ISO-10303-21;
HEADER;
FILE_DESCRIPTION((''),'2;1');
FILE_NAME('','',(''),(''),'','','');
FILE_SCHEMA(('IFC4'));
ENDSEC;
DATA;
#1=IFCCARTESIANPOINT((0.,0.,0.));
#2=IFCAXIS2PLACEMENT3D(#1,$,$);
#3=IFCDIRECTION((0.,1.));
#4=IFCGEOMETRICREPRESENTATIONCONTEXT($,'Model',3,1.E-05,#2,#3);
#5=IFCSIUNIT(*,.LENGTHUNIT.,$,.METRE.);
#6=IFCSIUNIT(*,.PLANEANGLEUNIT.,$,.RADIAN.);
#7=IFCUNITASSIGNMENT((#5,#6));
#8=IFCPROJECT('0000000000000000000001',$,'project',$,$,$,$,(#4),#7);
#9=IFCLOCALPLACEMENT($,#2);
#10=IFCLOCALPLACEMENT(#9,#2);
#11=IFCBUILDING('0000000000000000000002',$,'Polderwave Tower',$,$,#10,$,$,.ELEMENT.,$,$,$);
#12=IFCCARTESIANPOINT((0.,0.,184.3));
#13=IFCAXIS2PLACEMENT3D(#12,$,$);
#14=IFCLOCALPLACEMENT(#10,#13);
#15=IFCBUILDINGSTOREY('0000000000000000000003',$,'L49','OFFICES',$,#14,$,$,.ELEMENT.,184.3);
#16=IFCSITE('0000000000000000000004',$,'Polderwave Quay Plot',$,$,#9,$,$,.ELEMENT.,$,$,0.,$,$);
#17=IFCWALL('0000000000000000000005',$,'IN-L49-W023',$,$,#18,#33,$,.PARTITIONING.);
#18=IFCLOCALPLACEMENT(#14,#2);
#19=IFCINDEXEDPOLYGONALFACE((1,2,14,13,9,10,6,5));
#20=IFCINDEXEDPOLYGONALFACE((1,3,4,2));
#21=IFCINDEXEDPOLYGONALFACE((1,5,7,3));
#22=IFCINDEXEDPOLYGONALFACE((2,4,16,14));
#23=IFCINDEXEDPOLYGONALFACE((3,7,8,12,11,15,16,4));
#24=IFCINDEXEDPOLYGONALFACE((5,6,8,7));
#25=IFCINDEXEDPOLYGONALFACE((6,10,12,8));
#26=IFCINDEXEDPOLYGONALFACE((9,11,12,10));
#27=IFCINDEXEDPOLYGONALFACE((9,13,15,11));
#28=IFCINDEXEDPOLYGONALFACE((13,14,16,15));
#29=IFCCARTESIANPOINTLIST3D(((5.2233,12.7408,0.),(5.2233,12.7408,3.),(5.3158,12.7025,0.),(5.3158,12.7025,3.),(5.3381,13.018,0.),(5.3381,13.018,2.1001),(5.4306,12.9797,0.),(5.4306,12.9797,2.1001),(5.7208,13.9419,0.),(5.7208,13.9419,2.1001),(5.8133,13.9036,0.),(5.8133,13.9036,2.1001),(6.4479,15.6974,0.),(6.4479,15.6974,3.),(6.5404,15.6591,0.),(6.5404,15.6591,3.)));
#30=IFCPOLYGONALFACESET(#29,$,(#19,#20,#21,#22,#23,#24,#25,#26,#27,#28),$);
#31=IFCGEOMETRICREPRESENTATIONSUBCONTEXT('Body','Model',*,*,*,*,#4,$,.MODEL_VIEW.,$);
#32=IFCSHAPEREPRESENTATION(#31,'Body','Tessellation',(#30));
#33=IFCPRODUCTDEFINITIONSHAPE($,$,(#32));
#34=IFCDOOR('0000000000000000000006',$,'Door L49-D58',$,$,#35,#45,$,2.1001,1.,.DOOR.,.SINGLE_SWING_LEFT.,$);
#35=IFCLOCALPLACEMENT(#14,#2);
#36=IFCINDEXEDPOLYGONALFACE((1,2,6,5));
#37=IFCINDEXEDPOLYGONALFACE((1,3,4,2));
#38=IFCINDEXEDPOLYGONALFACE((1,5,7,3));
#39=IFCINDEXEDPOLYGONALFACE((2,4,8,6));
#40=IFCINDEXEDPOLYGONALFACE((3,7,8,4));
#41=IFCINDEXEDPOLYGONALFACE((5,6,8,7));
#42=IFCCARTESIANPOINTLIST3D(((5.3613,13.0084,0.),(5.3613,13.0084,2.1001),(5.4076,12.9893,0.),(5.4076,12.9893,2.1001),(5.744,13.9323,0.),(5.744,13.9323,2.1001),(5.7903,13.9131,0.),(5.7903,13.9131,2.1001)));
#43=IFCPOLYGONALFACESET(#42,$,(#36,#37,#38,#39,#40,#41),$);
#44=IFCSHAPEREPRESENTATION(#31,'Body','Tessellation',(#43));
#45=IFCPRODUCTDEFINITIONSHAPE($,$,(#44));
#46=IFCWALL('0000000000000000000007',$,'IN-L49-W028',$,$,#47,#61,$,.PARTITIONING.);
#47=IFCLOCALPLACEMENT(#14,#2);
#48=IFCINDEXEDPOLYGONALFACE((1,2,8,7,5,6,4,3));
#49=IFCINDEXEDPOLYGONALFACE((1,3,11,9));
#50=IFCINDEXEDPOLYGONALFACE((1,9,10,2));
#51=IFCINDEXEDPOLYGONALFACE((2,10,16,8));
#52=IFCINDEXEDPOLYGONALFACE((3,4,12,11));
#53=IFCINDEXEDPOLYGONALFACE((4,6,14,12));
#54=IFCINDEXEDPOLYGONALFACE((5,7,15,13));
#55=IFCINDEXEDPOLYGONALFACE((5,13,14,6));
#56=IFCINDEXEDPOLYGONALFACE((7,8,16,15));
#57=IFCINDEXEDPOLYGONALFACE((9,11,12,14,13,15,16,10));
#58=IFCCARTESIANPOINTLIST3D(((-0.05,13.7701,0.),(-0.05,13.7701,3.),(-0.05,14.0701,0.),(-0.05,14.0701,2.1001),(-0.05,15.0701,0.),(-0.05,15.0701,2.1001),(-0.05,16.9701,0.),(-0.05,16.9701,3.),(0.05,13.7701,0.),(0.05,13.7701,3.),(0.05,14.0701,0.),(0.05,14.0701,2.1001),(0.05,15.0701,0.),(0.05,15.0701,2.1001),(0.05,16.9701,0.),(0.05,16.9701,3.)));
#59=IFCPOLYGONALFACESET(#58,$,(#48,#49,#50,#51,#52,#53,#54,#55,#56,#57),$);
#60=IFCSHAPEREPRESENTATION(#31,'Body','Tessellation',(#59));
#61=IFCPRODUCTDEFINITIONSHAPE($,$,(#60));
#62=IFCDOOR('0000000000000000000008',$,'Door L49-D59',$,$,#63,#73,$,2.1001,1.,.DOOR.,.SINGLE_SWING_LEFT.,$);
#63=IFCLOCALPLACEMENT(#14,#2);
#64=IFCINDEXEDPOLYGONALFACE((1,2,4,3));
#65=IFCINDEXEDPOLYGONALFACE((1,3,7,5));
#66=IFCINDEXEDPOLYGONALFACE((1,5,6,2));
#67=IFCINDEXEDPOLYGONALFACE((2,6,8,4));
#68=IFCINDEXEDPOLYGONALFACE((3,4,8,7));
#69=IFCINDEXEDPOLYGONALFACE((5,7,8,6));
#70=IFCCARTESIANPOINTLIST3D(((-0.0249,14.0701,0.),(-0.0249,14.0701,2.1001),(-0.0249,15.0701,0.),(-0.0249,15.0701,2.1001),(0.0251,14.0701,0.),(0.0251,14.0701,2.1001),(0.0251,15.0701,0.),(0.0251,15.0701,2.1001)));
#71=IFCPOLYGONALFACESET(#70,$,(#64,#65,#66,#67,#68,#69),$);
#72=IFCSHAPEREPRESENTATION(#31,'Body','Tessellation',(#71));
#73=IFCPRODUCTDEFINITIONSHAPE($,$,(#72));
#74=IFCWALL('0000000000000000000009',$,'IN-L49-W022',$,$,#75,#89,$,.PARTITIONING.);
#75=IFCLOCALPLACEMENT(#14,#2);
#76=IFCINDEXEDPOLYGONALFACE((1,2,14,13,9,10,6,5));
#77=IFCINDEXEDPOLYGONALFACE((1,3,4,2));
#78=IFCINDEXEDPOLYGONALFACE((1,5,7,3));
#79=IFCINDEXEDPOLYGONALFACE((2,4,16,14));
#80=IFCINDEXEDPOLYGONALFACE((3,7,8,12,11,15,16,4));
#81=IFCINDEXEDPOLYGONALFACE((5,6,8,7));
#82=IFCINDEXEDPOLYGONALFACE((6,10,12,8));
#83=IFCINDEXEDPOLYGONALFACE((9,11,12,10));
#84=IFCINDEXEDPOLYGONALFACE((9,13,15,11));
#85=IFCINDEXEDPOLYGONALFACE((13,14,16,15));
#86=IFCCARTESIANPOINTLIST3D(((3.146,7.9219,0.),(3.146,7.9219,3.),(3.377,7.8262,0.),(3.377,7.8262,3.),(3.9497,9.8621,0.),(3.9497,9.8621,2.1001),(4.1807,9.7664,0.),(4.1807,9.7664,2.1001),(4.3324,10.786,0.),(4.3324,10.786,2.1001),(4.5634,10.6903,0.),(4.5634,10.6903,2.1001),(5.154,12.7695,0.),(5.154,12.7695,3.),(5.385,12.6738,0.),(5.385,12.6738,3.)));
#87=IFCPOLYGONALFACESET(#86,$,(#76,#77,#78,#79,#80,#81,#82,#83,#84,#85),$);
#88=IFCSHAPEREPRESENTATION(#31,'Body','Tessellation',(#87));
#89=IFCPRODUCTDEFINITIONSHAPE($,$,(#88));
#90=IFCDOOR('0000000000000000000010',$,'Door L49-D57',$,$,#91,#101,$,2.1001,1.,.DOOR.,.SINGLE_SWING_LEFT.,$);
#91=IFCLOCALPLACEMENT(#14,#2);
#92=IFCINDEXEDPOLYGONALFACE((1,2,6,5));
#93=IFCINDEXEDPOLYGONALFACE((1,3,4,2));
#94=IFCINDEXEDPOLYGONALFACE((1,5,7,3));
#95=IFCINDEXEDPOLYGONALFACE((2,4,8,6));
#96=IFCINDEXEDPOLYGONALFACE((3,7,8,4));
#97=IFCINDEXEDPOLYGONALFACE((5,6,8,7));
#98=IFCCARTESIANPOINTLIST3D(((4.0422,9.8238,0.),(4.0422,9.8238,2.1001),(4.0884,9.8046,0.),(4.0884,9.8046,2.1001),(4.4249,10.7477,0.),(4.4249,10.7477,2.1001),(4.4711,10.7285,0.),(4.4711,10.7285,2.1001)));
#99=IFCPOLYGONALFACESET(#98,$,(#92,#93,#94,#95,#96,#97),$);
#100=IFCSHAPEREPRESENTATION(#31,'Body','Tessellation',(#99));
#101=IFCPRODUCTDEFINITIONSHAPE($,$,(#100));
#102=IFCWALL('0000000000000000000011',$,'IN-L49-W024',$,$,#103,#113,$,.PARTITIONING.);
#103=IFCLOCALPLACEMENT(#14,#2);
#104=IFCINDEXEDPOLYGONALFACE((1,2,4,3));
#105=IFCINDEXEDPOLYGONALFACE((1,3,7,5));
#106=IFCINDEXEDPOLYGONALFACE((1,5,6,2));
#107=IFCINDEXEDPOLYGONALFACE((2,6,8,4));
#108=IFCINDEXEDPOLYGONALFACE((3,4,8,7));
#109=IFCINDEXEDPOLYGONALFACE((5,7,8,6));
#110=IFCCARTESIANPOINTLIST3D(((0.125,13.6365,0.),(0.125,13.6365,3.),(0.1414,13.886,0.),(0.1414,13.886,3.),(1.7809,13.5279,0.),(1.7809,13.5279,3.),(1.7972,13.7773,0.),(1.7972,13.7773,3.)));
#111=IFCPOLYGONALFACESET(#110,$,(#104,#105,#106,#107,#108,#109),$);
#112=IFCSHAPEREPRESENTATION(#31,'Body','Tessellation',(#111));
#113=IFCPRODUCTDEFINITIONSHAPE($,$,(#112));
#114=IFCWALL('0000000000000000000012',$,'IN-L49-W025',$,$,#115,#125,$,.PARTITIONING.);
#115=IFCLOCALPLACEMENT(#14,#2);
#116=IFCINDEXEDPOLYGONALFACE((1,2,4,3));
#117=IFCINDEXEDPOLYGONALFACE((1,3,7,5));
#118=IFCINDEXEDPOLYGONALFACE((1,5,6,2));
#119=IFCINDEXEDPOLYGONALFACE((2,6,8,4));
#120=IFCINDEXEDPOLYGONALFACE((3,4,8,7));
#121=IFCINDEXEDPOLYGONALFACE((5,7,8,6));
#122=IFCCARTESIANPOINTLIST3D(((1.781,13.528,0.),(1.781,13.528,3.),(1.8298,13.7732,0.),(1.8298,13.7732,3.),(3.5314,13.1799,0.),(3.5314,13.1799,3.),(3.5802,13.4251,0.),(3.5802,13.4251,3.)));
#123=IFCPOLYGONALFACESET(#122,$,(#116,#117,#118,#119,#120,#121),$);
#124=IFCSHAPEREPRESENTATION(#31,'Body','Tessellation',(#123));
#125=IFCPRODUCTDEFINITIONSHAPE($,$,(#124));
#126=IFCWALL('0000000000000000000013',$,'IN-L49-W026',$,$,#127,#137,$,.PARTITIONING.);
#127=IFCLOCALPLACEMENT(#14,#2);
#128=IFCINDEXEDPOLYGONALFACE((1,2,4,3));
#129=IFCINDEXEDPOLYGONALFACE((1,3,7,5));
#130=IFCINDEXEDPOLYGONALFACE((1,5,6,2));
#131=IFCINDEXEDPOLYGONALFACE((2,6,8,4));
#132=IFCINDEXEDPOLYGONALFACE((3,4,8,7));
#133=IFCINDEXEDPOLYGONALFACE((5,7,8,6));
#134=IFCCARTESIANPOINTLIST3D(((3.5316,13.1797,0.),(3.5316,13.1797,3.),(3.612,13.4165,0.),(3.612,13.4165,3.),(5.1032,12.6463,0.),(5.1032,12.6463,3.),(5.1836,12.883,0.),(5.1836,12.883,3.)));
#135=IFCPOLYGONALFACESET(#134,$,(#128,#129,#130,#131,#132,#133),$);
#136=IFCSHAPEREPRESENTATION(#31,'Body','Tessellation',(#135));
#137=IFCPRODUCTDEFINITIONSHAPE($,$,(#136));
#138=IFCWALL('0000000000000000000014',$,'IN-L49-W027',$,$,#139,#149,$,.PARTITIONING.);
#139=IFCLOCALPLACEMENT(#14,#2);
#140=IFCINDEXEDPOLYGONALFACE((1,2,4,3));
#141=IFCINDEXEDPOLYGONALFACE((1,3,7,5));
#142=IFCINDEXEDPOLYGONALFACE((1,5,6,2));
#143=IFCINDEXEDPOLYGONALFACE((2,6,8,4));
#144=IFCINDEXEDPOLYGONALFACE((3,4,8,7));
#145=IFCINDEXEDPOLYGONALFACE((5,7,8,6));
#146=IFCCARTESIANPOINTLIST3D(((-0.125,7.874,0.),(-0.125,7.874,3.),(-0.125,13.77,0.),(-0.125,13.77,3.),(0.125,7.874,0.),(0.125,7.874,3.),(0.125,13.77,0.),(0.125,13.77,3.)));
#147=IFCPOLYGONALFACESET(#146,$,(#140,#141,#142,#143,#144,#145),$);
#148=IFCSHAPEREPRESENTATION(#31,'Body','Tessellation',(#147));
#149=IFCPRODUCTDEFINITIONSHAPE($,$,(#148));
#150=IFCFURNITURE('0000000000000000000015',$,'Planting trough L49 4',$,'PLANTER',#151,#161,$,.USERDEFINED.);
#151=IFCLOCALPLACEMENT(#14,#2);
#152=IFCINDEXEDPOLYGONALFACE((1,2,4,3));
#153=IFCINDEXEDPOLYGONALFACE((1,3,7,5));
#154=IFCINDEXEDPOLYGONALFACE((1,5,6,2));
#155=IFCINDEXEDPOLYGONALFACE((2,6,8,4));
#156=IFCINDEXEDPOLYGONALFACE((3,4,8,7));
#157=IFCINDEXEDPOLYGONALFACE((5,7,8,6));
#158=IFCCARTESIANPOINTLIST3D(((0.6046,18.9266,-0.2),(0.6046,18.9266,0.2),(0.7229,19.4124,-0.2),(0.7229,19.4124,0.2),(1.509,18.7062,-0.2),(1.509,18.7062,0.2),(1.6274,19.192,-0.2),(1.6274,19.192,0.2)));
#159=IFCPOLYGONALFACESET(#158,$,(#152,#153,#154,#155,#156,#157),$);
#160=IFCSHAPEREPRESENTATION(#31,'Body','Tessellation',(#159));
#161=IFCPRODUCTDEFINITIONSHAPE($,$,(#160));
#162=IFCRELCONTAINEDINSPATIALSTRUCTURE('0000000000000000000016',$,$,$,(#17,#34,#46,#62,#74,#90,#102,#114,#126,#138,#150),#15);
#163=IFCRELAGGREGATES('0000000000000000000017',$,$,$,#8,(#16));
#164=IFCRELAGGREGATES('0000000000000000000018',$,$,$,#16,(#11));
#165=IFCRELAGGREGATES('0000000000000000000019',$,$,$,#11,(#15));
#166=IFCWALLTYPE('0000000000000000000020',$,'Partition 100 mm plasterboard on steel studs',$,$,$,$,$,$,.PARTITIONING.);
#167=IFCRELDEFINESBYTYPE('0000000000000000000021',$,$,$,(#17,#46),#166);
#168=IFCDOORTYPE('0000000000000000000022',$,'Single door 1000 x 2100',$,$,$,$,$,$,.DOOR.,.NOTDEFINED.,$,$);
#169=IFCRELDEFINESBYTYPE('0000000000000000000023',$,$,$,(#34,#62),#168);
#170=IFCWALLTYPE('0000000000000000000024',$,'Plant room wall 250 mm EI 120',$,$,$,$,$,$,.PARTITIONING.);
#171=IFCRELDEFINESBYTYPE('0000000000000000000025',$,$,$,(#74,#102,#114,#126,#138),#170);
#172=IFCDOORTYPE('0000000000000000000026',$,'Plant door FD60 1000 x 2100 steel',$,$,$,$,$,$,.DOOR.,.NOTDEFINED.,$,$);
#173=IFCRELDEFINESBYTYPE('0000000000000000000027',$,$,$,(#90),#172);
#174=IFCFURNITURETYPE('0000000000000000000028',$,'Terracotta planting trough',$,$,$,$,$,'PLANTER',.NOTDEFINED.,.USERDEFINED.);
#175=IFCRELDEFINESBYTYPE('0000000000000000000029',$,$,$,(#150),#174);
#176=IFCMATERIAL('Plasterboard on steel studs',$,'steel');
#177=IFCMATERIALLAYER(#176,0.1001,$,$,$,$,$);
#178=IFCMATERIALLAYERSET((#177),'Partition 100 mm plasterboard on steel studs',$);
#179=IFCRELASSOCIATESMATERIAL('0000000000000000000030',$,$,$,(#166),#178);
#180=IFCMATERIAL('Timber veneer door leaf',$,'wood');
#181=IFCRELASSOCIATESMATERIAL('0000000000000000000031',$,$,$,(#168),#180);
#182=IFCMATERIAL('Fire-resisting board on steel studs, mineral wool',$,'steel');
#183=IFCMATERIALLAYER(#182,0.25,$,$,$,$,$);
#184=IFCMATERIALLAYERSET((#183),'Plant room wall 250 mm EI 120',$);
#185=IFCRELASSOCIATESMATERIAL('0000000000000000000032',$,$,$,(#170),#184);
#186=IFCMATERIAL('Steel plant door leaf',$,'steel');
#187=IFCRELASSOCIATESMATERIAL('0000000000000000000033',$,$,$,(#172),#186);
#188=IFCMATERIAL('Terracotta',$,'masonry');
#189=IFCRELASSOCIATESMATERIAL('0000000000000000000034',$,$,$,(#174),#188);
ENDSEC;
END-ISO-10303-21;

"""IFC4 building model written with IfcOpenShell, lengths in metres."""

from ifc_helpers import new_model, si_unit, direction, frame, frame_2d, origin, origin_2d, place, context, subcontext, project, spatial, rectangle, extrude, material, layer, layer_set, type_object, element, fill, save


model = new_model("IFC4")

# Units and contexts
model_context = context("Model", 3, precision=1e-05, world=origin(), true_north=direction((0.0, 1.0)))
body_context = subcontext(model_context, "Body", "Model", "MODEL_VIEW")
ifc_project = project(units=[si_unit("LENGTHUNIT", "METRE"), si_unit("PLANEANGLEUNIT", "RADIAN")], contexts=[model_context])

# Site, building, storey
site_placement = place(None, origin())
site = spatial("IfcSite", under=ifc_project, at=site_placement, Name="Polderwave Quay Plot", CompositionType="ELEMENT", RefElevation=0.0)
building_placement = place(site_placement, origin())
building = spatial("IfcBuilding", under=site, at=building_placement, Name="Polderwave Tower", CompositionType="ELEMENT")
storey_placement = place(building_placement, frame((0.0, 0.0, 184.3)))
storey = spatial("IfcBuildingStorey", under=building, at=storey_placement, Name="L49", Description="OFFICES", CompositionType="ELEMENT", Elevation=184.3)

# Walls, openings, doors
ifc_material_1 = material(Name="Plasterboard on steel studs", Category="steel")
ifc_layer_1 = layer(ifc_material_1, 0.1001)
ifc_layer_set_1 = layer_set([ifc_layer_1], Name="Partition 100 mm plasterboard on steel studs")
wall_type_1 = type_object("IfcWallType", Name="Partition 100 mm plasterboard on steel studs", PredefinedType="PARTITIONING", material=ifc_layer_set_1)
wall_1_placement = place(storey_placement, frame((5.2695, 12.7217, 0.0), z_axis=(0.0, 0.0, 1.0), x_axis=(0.382675, 0.923883, 0.0)))
wall_1 = element("IfcWall", 1, at=wall_1_placement, inside=storey, type_object=wall_type_1, Name="IN-L49-W023", PredefinedType="PARTITIONING", context=body_context, shape_type="SweptSolid", body=[
    extrude(rectangle(XDim=3.2002, YDim=0.1001, at=frame_2d((1.6001, 0.0))), origin(), (0.0, 0.0, 1.0), 3.0),
])
opening_1_placement = place(wall_1_placement, frame((0.3, 0.0, 0.0)))
opening_1 = element("IfcOpeningElement", 2, at=opening_1_placement, cuts=wall_1, PredefinedType="OPENING", context=body_context, shape_type="SweptSolid", body=[
    extrude(rectangle(XDim=1.0, YDim=2.1001, at=frame_2d((0.5, 1.05))), frame((0.0, 0.0601, 0.0), z_axis=(0.0, -1.0, 0.0), x_axis=(1.0, 0.0, 0.0)), (0.0, 0.0, 1.0), 0.1201),
])
ifc_material_2 = material(Name="Timber veneer door leaf", Category="wood")
door_type_1 = type_object("IfcDoorType", Name="Single door 1000 x 2100", OperationType="NOTDEFINED", PredefinedType="DOOR", material=ifc_material_2)
door_1_placement = place(opening_1_placement, origin())
door_1 = element("IfcDoor", 3, at=door_1_placement, inside=storey, type_object=door_type_1, Name="Door L49-D58", OperationType="SINGLE_SWING_LEFT", OverallHeight=2.1001, OverallWidth=1.0, PredefinedType="DOOR", context=body_context, shape_type="SweptSolid", body=[
    extrude(rectangle(XDim=1.0, YDim=2.1001, at=frame_2d((0.5, 1.05))), frame((0.0, 0.0249, 0.0), z_axis=(0.0, -1.0, 0.0), x_axis=(1.0, 0.0, 0.0)), (0.0, 0.0, 1.0), 0.05),
])
fill(opening_1, door_1)
wall_2_placement = place(storey_placement, frame((0.0, 13.77, 0.0), z_axis=(0.0, 0.0, 1.0), x_axis=(0.0, 1.0, 0.0)))
wall_2 = element("IfcWall", 4, at=wall_2_placement, inside=storey, type_object=wall_type_1, Name="IN-L49-W028", PredefinedType="PARTITIONING", context=body_context, shape_type="SweptSolid", body=[
    extrude(rectangle(XDim=3.2, YDim=0.1001, at=frame_2d((1.6001, 0.0))), origin(), (0.0, 0.0, 1.0), 3.0),
])
opening_2_placement = place(wall_2_placement, frame((0.3, 0.0, 0.0)))
opening_2 = element("IfcOpeningElement", 5, at=opening_2_placement, cuts=wall_2, PredefinedType="OPENING", context=body_context, shape_type="SweptSolid", body=[
    extrude(rectangle(XDim=1.0, YDim=2.1001, at=frame_2d((0.5, 1.05))), frame((0.0, 0.0601, 0.0), z_axis=(0.0, -1.0, 0.0), x_axis=(1.0, 0.0, 0.0)), (0.0, 0.0, 1.0), 0.1201),
])
door_2_placement = place(opening_2_placement, origin())
door_2 = element("IfcDoor", 6, at=door_2_placement, inside=storey, type_object=door_type_1, Name="Door L49-D59", OperationType="SINGLE_SWING_LEFT", OverallHeight=2.1001, OverallWidth=1.0, PredefinedType="DOOR", context=body_context, shape_type="SweptSolid", body=[
    extrude(rectangle(XDim=1.0, YDim=2.1001, at=frame_2d((0.5, 1.05))), frame((0.0, 0.0249, 0.0), z_axis=(0.0, -1.0, 0.0), x_axis=(1.0, 0.0, 0.0)), (0.0, 0.0, 1.0), 0.05),
])
fill(opening_2, door_2)
ifc_material_3 = material(Name="Fire-resisting board on steel studs, mineral wool", Category="steel")
ifc_layer_2 = layer(ifc_material_3, 0.25)
ifc_layer_set_2 = layer_set([ifc_layer_2], Name="Plant room wall 250 mm EI 120")
wall_type_2 = type_object("IfcWallType", Name="Plant room wall 250 mm EI 120", PredefinedType="PARTITIONING", material=ifc_layer_set_2)
wall_3_placement = place(storey_placement, frame((3.2615, 7.874, 0.0), z_axis=(0.0, 0.0, 1.0), x_axis=(0.382698, 0.923873, 0.0)))
wall_3 = element("IfcWall", 7, at=wall_3_placement, inside=storey, type_object=wall_type_2, Name="IN-L49-W022", PredefinedType="PARTITIONING", context=body_context, shape_type="SweptSolid", body=[
    extrude(rectangle(XDim=5.2471, YDim=0.25, at=frame_2d((2.6235, 0.0))), origin(), (0.0, 0.0, 1.0), 3.0),
])
opening_3_placement = place(wall_3_placement, frame((2.1001, 0.0, 0.0)))
opening_3 = element("IfcOpeningElement", 8, at=opening_3_placement, cuts=wall_3, PredefinedType="OPENING", context=body_context, shape_type="SweptSolid", body=[
    extrude(rectangle(XDim=1.0, YDim=2.1001, at=frame_2d((0.5, 1.05))), frame((0.0, 0.135, 0.0), z_axis=(0.0, -1.0, 0.0), x_axis=(1.0, 0.0, 0.0)), (0.0, 0.0, 1.0), 0.27),
])
ifc_material_4 = material(Name="Steel plant door leaf", Category="steel")
door_type_2 = type_object("IfcDoorType", Name="Plant door FD60 1000 x 2100 steel", OperationType="NOTDEFINED", PredefinedType="DOOR", material=ifc_material_4)
door_3_placement = place(opening_3_placement, origin())
door_3 = element("IfcDoor", 9, at=door_3_placement, inside=storey, type_object=door_type_2, Name="Door L49-D57", OperationType="SINGLE_SWING_LEFT", OverallHeight=2.1001, OverallWidth=1.0, PredefinedType="DOOR", context=body_context, shape_type="SweptSolid", body=[
    extrude(rectangle(XDim=1.0, YDim=2.1001, at=frame_2d((0.5, 1.05))), frame((0.0, 0.0249, 0.0), z_axis=(0.0, -1.0, 0.0), x_axis=(1.0, 0.0, 0.0)), (0.0, 0.0, 1.0), 0.05),
])
fill(opening_3, door_3)

# Walls
wall_4_placement = place(storey_placement, frame((0.1333, 13.7612, 0.0), z_axis=(0.0, 0.0, 1.0), x_axis=(0.997854, -0.065474, 0.0)))
element("IfcWall", 10, at=wall_4_placement, inside=storey, type_object=wall_type_2, Name="IN-L49-W024", PredefinedType="PARTITIONING", context=body_context, shape_type="SweptSolid", body=[
    extrude(rectangle(XDim=1.6594, YDim=0.25, at=frame_2d((0.8296, 0.0))), origin(), (0.0, 0.0, 1.0), 3.0),
])
wall_5_placement = place(storey_placement, frame((1.8054, 13.6506, 0.0), z_axis=(0.0, 0.0, 1.0), x_axis=(0.980791, -0.195064, 0.0)))
element("IfcWall", 11, at=wall_5_placement, inside=storey, type_object=wall_type_2, Name="IN-L49-W025", PredefinedType="PARTITIONING", context=body_context, shape_type="SweptSolid", body=[
    extrude(rectangle(XDim=1.7847, YDim=0.25, at=frame_2d((0.8923, 0.0))), origin(), (0.0, 0.0, 1.0), 3.0),
])
wall_6_placement = place(storey_placement, frame((3.5718, 13.2981, 0.0), z_axis=(0.0, 0.0, 1.0), x_axis=(0.946933, -0.321431, 0.0)))
element("IfcWall", 12, at=wall_6_placement, inside=storey, type_object=wall_type_2, Name="IN-L49-W026", PredefinedType="PARTITIONING", context=body_context, shape_type="SweptSolid", body=[
    extrude(rectangle(XDim=1.6597, YDim=0.25, at=frame_2d((0.8298, 0.0))), origin(), (0.0, 0.0, 1.0), 3.0),
])
wall_7_placement = place(storey_placement, frame((0.0, 7.874, 0.0), z_axis=(0.0, 0.0, 1.0), x_axis=(0.0, 1.0, 0.0)))
element("IfcWall", 13, at=wall_7_placement, inside=storey, type_object=wall_type_2, Name="IN-L49-W027", PredefinedType="PARTITIONING", context=body_context, shape_type="SweptSolid", body=[
    extrude(rectangle(XDim=5.896, YDim=0.25, at=frame_2d((2.948, 0.0))), origin(), (0.0, 0.0, 1.0), 3.0),
])

# Furniture
ifc_material_5 = material(Name="Terracotta", Category="masonry")
furniture_type = type_object("IfcFurnitureType", Name="Terracotta planting trough", ElementType="PLANTER", AssemblyPlace="NOTDEFINED", PredefinedType="USERDEFINED", material=ifc_material_5)
furniture_placement = place(storey_placement, frame((1.116, 19.0593, -0.2), z_axis=(0.0, 0.0, 1.0), x_axis=(-0.971565, 0.236772, 0.0)))
element("IfcFurniture", 14, at=furniture_placement, inside=storey, type_object=furniture_type, Name="Planting trough L49 4", ObjectType="PLANTER", PredefinedType="USERDEFINED", context=body_context, shape_type="SweptSolid", body=[
    extrude(rectangle(XDim=0.9309, YDim=0.5, at=origin_2d()), origin(), (0.0, 0.0, 1.0), 0.3999),
])

save(model, "model.ifc")
